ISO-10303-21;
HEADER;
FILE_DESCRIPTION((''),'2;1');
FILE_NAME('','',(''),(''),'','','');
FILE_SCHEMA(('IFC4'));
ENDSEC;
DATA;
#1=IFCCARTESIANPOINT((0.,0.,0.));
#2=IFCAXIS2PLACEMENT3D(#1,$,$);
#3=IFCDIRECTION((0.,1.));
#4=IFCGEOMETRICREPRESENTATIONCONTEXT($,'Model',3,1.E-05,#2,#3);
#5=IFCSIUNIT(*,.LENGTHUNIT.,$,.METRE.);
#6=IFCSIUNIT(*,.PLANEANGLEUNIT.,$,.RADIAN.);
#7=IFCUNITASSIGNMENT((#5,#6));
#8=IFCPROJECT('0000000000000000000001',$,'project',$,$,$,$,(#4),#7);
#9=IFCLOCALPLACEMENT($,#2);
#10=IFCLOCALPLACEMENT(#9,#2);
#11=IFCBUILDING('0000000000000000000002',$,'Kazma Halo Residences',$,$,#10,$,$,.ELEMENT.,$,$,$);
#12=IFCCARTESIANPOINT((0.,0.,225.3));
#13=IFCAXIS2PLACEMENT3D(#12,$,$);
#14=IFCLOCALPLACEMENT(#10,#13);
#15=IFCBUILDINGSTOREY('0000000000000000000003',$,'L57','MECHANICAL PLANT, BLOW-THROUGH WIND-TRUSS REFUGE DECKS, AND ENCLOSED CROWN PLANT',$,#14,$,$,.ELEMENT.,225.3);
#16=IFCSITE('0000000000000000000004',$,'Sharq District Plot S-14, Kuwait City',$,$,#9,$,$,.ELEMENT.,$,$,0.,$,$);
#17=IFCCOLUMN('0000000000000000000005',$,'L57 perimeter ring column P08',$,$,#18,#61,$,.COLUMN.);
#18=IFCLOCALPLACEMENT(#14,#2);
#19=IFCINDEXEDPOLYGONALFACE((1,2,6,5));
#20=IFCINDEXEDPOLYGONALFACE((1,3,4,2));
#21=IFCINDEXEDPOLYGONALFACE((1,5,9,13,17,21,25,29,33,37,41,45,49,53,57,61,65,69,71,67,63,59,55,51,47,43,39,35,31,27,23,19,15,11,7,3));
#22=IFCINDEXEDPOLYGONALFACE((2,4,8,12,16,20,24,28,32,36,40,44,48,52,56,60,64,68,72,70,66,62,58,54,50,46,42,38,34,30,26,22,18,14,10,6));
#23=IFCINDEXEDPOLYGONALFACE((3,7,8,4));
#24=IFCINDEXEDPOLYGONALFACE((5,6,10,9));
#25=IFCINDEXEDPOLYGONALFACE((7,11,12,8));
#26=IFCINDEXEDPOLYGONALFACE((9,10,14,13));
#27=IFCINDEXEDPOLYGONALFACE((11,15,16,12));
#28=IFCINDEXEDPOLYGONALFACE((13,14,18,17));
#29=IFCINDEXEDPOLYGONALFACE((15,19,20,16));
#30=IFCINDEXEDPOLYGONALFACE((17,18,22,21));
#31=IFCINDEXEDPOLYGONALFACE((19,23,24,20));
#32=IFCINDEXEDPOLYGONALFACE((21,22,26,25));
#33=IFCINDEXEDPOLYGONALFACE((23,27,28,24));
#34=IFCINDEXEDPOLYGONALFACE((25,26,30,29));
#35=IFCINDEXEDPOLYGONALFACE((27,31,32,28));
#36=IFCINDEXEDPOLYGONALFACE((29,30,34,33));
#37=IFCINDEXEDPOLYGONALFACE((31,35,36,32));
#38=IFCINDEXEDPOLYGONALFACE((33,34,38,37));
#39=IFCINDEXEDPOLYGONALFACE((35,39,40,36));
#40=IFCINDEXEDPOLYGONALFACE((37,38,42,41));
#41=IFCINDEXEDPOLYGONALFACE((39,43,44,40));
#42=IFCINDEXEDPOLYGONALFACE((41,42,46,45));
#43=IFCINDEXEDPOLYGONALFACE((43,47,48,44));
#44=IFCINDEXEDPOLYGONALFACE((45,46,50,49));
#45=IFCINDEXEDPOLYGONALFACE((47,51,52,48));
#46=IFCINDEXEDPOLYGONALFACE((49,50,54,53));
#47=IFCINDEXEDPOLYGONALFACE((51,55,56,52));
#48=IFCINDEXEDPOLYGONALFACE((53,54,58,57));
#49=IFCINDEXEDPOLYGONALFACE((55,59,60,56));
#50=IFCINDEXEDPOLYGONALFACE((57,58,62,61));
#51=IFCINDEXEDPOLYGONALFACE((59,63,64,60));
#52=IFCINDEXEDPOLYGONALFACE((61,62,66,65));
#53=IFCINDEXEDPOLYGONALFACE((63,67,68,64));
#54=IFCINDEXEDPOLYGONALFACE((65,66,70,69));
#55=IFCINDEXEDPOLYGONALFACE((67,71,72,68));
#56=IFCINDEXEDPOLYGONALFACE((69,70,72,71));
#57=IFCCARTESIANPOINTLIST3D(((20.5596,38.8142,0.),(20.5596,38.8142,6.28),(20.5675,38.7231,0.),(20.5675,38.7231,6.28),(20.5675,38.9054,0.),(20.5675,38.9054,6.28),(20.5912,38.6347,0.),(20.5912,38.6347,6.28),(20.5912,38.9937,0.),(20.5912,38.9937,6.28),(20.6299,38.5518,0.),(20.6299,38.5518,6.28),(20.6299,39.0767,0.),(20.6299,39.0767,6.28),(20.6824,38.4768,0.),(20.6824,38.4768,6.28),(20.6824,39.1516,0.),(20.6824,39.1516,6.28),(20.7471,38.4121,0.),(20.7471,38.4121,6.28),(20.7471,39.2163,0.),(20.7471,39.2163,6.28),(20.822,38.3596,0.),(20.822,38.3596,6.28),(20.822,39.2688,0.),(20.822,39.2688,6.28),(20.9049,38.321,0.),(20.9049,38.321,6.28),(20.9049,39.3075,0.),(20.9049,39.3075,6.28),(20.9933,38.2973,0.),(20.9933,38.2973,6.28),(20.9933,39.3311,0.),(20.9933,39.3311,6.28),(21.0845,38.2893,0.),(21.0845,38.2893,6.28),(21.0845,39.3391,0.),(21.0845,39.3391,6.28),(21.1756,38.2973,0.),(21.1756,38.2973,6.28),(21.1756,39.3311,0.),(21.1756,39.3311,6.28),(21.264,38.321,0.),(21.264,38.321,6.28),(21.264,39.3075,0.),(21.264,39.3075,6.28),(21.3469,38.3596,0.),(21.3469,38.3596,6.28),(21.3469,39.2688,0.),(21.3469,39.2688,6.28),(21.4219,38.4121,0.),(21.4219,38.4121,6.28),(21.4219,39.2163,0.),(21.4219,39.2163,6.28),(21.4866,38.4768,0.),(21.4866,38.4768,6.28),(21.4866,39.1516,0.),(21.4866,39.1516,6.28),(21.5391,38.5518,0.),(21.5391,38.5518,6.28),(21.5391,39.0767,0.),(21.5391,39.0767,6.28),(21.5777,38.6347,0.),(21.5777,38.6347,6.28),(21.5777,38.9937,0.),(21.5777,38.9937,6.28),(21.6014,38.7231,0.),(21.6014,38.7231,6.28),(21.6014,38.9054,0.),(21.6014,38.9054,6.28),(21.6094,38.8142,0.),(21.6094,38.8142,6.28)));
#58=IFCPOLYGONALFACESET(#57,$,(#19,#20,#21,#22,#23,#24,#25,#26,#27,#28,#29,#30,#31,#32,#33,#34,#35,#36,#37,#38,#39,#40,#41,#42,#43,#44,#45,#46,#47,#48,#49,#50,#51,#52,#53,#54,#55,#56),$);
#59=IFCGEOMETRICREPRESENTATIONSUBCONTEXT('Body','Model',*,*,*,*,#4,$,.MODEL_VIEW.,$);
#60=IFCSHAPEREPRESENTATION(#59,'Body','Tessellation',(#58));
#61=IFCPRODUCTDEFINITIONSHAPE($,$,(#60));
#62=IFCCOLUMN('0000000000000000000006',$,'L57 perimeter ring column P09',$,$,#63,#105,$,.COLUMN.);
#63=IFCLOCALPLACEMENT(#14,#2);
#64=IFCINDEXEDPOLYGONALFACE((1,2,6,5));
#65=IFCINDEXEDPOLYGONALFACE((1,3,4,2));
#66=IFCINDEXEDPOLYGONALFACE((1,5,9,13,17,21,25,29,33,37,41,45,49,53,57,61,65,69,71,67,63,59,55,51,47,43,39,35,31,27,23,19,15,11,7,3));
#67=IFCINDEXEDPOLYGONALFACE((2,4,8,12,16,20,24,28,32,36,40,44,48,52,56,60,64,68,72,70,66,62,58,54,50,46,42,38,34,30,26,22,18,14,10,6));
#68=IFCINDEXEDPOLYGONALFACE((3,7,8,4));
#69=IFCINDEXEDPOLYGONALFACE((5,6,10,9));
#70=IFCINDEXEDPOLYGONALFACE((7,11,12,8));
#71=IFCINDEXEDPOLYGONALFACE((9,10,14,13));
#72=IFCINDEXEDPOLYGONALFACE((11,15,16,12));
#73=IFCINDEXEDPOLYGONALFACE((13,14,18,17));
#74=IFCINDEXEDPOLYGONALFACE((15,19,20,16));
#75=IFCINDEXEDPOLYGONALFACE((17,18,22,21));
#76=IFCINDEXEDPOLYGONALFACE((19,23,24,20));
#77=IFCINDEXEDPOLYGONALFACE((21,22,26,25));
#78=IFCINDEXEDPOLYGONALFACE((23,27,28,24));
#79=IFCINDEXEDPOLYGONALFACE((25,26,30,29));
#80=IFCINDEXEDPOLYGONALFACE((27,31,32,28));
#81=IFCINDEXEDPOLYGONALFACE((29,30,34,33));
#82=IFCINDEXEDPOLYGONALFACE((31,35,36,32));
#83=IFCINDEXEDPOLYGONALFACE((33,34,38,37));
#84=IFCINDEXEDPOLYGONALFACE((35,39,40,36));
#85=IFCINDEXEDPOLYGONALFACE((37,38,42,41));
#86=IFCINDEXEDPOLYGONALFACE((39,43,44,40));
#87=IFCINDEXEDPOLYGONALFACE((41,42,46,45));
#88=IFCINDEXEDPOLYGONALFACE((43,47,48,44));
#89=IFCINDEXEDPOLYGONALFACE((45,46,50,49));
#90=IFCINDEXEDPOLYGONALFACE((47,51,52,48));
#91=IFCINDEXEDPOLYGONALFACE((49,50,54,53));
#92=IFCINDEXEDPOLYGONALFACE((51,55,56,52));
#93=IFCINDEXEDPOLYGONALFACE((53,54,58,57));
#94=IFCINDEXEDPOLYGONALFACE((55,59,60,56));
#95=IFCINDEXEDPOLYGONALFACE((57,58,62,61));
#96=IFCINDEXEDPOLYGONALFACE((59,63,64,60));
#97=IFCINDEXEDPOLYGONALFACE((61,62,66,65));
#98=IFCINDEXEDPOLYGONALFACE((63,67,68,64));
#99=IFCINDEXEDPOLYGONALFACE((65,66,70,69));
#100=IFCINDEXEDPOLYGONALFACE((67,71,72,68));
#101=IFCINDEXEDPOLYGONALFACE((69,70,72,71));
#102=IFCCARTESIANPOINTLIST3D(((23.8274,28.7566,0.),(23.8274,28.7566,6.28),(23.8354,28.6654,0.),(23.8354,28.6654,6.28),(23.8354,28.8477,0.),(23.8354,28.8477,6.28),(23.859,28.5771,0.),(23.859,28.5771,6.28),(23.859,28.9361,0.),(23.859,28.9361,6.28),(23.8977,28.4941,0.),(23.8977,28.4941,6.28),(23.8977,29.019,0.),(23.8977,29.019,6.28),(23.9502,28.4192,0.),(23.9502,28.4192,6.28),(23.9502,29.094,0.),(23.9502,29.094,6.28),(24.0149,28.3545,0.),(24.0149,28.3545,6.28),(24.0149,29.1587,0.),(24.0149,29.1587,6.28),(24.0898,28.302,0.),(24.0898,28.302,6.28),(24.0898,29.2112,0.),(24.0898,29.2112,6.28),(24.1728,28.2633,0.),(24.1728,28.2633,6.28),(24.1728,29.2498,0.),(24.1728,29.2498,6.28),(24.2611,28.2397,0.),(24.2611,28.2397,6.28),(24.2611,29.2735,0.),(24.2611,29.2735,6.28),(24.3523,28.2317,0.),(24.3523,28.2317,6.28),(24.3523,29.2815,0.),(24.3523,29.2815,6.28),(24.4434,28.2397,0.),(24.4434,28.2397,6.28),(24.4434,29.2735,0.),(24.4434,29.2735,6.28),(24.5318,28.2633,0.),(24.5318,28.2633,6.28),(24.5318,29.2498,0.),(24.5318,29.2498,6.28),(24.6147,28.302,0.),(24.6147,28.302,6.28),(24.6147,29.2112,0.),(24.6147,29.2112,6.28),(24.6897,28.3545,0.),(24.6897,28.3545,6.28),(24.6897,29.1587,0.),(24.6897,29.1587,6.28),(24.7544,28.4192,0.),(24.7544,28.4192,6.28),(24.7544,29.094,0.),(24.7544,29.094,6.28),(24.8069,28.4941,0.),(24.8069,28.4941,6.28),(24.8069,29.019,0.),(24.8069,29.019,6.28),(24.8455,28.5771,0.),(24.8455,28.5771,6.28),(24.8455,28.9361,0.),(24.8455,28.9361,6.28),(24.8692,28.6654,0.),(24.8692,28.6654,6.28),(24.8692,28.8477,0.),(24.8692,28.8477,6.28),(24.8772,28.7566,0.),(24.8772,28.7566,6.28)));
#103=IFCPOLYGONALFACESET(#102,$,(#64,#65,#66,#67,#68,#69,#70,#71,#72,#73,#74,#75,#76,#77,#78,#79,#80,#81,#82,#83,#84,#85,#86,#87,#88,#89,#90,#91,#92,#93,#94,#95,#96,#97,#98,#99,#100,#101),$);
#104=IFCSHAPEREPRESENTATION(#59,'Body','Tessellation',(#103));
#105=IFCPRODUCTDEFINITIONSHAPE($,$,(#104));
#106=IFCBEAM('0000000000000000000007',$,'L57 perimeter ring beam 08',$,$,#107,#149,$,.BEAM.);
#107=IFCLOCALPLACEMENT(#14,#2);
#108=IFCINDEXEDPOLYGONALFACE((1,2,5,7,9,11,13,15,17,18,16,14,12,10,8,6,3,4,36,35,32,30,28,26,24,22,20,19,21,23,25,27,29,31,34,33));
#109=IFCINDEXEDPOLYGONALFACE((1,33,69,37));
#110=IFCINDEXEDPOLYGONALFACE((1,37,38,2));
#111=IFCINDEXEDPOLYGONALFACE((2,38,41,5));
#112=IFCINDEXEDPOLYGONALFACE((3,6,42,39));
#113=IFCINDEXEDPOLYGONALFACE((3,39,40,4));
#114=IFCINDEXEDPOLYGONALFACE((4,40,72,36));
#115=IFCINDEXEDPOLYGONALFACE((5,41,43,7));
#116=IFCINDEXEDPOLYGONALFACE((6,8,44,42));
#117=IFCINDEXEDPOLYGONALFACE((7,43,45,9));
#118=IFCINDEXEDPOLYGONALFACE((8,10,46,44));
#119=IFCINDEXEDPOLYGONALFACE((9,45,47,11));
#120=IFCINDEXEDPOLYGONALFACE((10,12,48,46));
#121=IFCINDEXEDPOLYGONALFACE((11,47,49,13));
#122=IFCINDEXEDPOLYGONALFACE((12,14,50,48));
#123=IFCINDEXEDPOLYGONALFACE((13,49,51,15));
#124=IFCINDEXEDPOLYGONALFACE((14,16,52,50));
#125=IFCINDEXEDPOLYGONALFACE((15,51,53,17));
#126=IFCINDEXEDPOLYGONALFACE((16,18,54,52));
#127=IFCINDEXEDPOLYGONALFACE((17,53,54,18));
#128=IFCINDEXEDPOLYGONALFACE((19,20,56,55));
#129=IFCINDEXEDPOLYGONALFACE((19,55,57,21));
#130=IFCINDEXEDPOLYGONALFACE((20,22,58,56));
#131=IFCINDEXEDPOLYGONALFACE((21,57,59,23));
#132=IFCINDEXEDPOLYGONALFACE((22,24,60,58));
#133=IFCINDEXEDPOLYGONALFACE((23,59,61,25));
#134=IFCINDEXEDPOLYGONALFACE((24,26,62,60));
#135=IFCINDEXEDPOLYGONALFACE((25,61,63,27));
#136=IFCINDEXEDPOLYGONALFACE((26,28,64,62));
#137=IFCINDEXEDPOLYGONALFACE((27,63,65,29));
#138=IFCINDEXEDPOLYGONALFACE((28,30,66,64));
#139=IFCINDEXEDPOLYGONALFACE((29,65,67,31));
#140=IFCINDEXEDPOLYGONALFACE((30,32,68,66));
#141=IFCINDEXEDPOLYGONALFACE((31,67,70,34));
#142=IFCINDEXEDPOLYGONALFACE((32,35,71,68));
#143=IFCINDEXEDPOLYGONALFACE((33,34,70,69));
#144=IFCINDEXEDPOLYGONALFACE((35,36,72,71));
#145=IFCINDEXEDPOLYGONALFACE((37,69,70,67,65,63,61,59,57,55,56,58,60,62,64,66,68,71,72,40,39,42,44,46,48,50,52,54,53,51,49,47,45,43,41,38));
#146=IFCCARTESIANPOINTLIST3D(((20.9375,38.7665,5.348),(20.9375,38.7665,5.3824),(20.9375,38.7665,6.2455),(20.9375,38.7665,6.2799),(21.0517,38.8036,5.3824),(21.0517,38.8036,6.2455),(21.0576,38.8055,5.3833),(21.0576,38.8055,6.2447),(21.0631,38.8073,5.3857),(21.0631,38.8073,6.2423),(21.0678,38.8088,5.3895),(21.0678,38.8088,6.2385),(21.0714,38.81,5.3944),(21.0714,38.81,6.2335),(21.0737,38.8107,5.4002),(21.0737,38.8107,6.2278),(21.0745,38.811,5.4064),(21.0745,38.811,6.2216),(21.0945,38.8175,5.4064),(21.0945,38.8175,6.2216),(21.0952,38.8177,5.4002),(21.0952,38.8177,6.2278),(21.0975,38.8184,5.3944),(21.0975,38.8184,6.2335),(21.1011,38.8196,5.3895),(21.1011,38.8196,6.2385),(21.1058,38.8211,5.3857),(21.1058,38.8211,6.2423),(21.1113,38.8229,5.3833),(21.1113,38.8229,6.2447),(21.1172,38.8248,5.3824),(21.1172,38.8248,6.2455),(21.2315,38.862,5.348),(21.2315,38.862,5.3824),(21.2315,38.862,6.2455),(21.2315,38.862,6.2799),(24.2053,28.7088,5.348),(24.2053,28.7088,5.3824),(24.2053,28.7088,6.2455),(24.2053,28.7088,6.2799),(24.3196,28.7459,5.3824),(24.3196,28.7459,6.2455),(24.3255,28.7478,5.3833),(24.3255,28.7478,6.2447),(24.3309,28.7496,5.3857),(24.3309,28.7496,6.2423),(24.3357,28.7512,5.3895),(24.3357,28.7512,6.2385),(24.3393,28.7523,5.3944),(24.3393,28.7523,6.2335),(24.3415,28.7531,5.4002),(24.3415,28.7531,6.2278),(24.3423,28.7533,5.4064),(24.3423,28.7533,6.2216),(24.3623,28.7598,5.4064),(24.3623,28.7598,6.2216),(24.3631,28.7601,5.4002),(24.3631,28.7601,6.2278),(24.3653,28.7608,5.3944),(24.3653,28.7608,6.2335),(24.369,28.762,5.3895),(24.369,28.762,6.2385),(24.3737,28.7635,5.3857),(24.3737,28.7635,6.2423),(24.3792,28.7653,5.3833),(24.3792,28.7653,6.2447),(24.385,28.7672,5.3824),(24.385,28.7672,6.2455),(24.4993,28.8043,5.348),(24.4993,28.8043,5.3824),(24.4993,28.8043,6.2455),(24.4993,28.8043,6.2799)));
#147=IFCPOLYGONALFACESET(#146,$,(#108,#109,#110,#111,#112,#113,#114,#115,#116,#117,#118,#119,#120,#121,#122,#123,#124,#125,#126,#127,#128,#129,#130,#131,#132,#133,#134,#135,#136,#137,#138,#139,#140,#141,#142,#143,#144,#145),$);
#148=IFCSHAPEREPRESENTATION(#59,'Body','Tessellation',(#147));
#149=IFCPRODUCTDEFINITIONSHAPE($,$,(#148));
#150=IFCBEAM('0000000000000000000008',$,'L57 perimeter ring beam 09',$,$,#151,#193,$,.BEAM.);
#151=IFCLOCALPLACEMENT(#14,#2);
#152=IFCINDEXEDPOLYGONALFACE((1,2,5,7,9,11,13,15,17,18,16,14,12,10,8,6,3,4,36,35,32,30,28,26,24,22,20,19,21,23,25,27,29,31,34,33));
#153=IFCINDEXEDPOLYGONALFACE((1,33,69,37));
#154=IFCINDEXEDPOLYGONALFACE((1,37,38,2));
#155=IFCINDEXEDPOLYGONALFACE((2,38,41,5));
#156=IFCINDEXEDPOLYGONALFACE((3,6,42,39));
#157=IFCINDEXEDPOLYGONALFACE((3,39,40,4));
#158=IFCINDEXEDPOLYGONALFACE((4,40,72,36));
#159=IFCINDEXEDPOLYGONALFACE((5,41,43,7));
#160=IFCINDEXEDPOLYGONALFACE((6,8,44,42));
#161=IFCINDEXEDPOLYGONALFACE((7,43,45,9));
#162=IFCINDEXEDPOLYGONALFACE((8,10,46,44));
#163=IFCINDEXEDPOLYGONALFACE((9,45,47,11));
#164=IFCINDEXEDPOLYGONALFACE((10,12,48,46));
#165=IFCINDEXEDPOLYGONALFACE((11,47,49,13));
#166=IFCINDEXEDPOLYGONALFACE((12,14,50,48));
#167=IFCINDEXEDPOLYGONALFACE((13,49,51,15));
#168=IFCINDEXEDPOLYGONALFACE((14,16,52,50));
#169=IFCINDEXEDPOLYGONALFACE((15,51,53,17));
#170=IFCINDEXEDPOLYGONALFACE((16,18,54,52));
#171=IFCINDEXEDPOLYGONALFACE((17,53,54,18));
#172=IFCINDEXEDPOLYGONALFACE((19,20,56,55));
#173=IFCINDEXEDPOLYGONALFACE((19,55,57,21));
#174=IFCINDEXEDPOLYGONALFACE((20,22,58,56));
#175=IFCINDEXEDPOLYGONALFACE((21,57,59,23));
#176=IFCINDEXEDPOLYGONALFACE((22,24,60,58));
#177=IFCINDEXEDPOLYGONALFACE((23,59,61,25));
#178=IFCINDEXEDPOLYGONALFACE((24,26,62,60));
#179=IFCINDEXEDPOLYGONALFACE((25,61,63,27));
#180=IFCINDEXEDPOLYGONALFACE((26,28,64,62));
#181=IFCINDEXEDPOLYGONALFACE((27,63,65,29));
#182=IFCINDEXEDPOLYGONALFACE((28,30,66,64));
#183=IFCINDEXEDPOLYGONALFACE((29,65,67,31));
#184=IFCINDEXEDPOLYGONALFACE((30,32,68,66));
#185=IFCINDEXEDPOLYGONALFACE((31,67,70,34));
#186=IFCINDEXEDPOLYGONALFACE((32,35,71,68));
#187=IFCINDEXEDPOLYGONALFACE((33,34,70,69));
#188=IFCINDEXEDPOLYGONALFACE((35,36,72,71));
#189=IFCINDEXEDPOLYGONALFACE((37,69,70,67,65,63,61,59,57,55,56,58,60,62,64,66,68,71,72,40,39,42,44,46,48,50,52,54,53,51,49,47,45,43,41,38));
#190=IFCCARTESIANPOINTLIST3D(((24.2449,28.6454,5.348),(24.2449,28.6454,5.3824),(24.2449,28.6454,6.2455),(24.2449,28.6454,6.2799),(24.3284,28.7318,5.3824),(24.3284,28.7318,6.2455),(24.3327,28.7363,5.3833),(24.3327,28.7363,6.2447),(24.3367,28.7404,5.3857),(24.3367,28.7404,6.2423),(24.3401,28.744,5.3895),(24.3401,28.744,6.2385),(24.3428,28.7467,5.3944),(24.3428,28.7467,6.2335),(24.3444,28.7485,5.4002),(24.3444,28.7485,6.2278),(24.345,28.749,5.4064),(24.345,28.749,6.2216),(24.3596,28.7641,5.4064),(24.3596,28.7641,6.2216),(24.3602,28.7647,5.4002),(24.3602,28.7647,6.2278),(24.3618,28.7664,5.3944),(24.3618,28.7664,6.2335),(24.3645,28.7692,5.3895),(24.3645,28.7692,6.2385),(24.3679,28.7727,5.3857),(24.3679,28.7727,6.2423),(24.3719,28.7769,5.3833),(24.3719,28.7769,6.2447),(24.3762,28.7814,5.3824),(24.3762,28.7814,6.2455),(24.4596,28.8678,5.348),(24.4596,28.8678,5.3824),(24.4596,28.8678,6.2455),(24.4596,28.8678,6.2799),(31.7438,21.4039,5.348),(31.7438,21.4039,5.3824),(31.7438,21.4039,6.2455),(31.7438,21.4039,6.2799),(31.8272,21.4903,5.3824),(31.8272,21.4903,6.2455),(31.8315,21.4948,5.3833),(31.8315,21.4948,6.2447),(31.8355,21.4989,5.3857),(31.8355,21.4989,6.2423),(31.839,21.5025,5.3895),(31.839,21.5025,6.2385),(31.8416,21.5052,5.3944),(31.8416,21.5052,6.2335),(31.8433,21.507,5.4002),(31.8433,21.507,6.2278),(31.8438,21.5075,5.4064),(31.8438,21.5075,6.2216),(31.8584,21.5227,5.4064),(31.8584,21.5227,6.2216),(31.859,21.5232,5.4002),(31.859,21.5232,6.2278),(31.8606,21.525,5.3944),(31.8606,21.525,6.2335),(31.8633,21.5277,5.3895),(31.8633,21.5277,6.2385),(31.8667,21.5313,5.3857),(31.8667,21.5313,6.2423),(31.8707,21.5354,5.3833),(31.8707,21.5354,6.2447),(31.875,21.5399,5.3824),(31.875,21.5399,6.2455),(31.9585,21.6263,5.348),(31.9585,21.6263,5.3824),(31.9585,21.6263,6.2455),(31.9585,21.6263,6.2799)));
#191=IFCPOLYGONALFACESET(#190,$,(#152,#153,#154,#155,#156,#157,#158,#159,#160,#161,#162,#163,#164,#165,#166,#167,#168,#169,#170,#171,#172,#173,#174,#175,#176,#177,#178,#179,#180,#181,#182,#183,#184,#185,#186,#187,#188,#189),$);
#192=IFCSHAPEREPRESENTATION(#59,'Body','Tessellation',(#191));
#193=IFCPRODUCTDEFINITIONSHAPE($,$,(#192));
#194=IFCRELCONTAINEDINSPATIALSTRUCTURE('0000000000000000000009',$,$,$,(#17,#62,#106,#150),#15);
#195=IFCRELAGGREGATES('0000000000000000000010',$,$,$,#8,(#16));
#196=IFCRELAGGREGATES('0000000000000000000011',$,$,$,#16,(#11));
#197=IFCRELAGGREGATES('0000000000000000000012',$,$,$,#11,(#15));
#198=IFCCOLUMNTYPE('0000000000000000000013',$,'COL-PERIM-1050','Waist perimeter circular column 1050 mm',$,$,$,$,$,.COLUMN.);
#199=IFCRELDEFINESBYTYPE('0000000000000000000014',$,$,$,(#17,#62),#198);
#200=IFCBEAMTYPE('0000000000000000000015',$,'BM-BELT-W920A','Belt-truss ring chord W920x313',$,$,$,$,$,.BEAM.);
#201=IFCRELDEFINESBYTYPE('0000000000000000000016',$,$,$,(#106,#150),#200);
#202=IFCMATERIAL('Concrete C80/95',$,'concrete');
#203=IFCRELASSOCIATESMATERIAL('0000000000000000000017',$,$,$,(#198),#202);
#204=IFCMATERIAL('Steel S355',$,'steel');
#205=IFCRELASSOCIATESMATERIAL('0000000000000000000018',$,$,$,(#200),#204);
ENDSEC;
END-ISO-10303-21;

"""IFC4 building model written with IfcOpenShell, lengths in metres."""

from ifc_helpers import new_model, si_unit, direction, frame, origin, origin_2d, place, context, subcontext, project, spatial, circle, i_section, extrude, material, material_profile, profile_set, type_object, element, save


model = new_model("IFC4")

# Units and contexts
model_context = context("Model", 3, precision=1e-05, world=origin(), true_north=direction((0.0, 1.0)))
body_context = subcontext(model_context, "Body", "Model", "MODEL_VIEW")
ifc_project = project(units=[si_unit("LENGTHUNIT", "METRE"), si_unit("PLANEANGLEUNIT", "RADIAN")], contexts=[model_context])

# Site, building, storey
site_placement = place(None, origin())
site = spatial("IfcSite", under=ifc_project, at=site_placement, Name="Sharq District Plot S-14, Kuwait City", CompositionType="ELEMENT", RefElevation=0.0)
building_placement = place(site_placement, origin())
building = spatial("IfcBuilding", under=site, at=building_placement, Name="Kazma Halo Residences", CompositionType="ELEMENT")
storey_placement = place(building_placement, frame((0.0, 0.0, 225.3)))
storey = spatial("IfcBuildingStorey", under=building, at=storey_placement, Name="L57", Description="MECHANICAL PLANT, BLOW-THROUGH WIND-TRUSS REFUGE DECKS, AND ENCLOSED CROWN PLANT", CompositionType="ELEMENT", Elevation=225.3)

# Columns
ifc_material_1 = material(Name="Concrete C80/95", Category="concrete")
ifc_material_profile_1 = material_profile(ifc_material_1, circle(Radius=0.5249, at=origin_2d()), Name="CIRC1050")
ifc_profile_set_1 = profile_set([ifc_material_profile_1], Name="Concrete C80/95")
column_type = type_object("IfcColumnType", Name="COL-PERIM-1050", Description="Waist perimeter circular column 1050 mm", PredefinedType="COLUMN", material=ifc_profile_set_1)
for number, where, z_axis, x_axis, name in (
    (1, (21.0845, 38.8142, 0.0), (0.0, 0.0, 1.0), (1.0, 0.0, 0.0), "L57 perimeter ring column P08"),
    (2, (24.3523, 28.7566, 0.0), (0.0, 0.0, 1.0), (1.0, 0.0, 0.0), "L57 perimeter ring column P09"),
):
    element("IfcColumn", number, at=place(storey_placement, frame(where, z_axis=z_axis, x_axis=x_axis)), inside=storey, type_object=column_type, Name=name, PredefinedType="COLUMN", context=body_context, shape_type="SweptSolid", body=[
        extrude(circle(Radius=0.5249, at=origin_2d()), origin(), (0.0, 0.0, 1.0), 6.28),
    ])

# Beams
ifc_material_2 = material(Name="Steel S355", Category="steel")
ifc_material_profile_2 = material_profile(ifc_material_2, i_section(OverallWidth=0.3091, OverallDepth=0.9319, WebThickness=0.021, FlangeThickness=0.0344, FilletRadius=0.0239, at=origin_2d()), Name="W920x313")
ifc_profile_set_2 = profile_set([ifc_material_profile_2], Name="Steel S355")
beam_type_1 = type_object("IfcBeamType", Name="BM-BELT-W920A", Description="Belt-truss ring chord W920x313", PredefinedType="BEAM", material=ifc_profile_set_2)
beam_1_placement = place(storey_placement, frame((21.0845, 38.8142, 5.814), z_axis=(0.309009, -0.951059, 0.0), x_axis=(0.951059, 0.309009, 0.0)))
element("IfcBeam", 3, at=beam_1_placement, inside=storey, type_object=beam_type_1, Name="L57 perimeter ring beam 08", PredefinedType="BEAM", context=body_context, shape_type="SweptSolid", body=[
    extrude(i_section(OverallWidth=0.3091, OverallDepth=0.9319, WebThickness=0.021, FlangeThickness=0.0344, FilletRadius=0.0239, at=origin_2d()), origin(), (0.0, 0.0, 1.0), 10.5752),
])
beam_2_placement = place(storey_placement, frame((24.3523, 28.7566, 5.814), z_axis=(0.719341, -0.694657, 0.0), x_axis=(0.694657, 0.719341, 0.0)))
element("IfcBeam", 4, at=beam_2_placement, inside=storey, type_object=beam_type_1, Name="L57 perimeter ring beam 09", PredefinedType="BEAM", context=body_context, shape_type="SweptSolid", body=[
    extrude(i_section(OverallWidth=0.3091, OverallDepth=0.9319, WebThickness=0.021, FlangeThickness=0.0344, FilletRadius=0.0239, at=origin_2d()), origin(), (0.0, 0.0, 1.0), 10.4246),
])

save(model, "model.ifc")
